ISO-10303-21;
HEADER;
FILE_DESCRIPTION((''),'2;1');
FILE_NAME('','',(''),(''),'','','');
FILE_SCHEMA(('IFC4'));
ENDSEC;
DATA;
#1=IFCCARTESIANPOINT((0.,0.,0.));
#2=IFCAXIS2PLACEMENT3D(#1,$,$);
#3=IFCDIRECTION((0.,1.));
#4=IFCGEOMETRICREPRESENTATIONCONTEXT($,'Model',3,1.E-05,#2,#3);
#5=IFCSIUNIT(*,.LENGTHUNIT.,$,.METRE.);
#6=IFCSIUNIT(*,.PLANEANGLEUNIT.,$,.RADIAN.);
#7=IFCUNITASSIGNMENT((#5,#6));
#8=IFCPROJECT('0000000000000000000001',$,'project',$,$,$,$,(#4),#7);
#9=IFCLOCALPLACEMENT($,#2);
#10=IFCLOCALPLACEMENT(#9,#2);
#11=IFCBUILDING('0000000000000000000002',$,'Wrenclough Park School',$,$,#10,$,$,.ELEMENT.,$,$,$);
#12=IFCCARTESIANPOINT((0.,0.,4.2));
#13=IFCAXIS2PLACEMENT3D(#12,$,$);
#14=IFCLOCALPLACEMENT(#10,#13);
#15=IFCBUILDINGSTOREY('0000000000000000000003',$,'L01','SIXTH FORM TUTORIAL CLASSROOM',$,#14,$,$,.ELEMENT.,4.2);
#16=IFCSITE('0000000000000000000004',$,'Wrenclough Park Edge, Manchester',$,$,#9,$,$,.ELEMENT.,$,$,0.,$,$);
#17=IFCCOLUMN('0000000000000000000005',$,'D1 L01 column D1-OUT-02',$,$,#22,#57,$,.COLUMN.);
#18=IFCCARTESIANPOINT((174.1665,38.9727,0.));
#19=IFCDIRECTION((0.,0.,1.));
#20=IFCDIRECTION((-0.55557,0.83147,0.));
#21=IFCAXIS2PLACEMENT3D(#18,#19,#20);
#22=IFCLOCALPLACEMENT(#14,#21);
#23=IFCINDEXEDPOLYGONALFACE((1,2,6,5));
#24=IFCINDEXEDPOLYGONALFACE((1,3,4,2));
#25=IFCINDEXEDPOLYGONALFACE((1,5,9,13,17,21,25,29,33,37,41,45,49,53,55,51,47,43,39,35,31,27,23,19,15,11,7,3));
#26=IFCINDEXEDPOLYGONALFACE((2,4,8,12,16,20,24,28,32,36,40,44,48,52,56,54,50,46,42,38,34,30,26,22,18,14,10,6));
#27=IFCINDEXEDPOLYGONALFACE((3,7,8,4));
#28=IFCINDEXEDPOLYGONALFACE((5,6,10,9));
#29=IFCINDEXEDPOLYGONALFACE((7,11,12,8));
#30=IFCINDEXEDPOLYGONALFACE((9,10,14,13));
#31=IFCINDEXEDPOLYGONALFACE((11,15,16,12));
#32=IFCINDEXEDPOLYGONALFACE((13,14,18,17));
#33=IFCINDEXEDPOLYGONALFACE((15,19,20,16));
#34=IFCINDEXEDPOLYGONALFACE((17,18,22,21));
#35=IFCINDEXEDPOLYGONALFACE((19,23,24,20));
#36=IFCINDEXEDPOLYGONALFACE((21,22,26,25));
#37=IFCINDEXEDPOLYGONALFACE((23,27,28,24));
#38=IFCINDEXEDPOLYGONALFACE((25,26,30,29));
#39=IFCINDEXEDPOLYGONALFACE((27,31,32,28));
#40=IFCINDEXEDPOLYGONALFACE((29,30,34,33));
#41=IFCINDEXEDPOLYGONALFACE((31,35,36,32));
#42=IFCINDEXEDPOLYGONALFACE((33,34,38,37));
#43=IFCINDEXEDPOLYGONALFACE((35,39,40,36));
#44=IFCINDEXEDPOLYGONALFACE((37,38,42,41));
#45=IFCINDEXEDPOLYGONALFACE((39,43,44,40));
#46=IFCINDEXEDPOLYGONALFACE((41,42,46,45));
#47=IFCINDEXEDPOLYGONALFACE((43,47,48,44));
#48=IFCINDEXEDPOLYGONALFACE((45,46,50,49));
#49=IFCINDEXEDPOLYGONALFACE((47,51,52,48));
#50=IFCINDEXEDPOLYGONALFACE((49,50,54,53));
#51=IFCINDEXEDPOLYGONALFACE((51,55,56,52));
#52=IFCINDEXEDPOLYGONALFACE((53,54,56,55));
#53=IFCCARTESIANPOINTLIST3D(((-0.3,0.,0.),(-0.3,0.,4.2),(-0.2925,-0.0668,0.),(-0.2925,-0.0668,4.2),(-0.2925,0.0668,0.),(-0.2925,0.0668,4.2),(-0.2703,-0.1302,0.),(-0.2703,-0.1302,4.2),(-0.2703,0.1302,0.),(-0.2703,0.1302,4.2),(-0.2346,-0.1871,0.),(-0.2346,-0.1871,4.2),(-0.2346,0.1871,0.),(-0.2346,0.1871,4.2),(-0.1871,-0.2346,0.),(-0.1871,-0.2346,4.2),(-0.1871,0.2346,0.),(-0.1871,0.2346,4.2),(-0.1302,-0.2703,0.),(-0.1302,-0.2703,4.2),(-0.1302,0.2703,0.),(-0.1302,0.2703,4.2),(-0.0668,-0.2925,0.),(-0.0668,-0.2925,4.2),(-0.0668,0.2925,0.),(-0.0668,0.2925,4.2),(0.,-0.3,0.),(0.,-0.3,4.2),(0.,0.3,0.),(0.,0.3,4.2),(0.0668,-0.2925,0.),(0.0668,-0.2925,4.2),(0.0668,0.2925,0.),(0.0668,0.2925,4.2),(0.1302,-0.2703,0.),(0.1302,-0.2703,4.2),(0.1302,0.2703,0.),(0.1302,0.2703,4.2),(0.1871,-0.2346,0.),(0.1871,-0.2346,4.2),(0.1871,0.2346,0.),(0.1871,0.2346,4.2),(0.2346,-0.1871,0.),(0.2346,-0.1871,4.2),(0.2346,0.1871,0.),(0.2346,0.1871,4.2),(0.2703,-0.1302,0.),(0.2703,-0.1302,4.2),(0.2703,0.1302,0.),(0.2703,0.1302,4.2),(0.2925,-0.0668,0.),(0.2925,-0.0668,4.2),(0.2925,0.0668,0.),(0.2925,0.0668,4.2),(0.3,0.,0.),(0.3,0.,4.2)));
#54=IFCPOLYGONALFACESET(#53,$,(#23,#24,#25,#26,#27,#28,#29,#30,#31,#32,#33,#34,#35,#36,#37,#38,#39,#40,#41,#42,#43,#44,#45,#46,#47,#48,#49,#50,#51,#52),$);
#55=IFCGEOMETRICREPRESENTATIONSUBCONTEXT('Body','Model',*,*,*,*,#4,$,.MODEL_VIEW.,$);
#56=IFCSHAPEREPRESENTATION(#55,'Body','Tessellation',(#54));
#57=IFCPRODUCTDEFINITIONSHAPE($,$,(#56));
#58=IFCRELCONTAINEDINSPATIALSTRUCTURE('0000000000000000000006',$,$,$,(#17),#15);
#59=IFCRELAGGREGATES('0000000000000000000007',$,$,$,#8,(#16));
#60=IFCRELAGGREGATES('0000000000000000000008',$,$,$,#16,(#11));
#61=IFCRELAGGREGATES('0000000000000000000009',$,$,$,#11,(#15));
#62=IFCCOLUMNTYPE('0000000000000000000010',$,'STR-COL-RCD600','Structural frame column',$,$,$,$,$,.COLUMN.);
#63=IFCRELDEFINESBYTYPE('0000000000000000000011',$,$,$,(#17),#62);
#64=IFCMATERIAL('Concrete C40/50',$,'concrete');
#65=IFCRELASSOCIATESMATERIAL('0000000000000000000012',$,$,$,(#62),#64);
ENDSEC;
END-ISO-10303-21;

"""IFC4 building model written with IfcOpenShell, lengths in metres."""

from ifc_helpers import new_model, si_unit, direction, frame, origin, origin_2d, place, context, subcontext, project, spatial, circle, extrude, material, material_profile, profile_set, type_object, element, save


model = new_model("IFC4")

# Units and contexts
model_context = context("Model", 3, precision=1e-05, world=origin(), true_north=direction((0.0, 1.0)))
body_context = subcontext(model_context, "Body", "Model", "MODEL_VIEW")
ifc_project = project(units=[si_unit("LENGTHUNIT", "METRE"), si_unit("PLANEANGLEUNIT", "RADIAN")], contexts=[model_context])

# Site, building, storey
site_placement = place(None, origin())
site = spatial("IfcSite", under=ifc_project, at=site_placement, Name="Wrenclough Park Edge, Manchester", CompositionType="ELEMENT", RefElevation=0.0)
building_placement = place(site_placement, origin())
building = spatial("IfcBuilding", under=site, at=building_placement, Name="Wrenclough Park School", CompositionType="ELEMENT")
storey_placement = place(building_placement, frame((0.0, 0.0, 4.2)))
storey = spatial("IfcBuildingStorey", under=building, at=storey_placement, Name="L01", Description="SIXTH FORM TUTORIAL CLASSROOM", CompositionType="ELEMENT", Elevation=4.2)

# Column
ifc_material_1 = material(Name="Concrete C40/50", Category="concrete")
ifc_material_profile_1 = material_profile(ifc_material_1, circle(Radius=0.3, at=origin_2d()), Name="RC COL D600")
ifc_profile_set_1 = profile_set([ifc_material_profile_1], Name="Concrete C40/50")
column_type = type_object("IfcColumnType", Name="STR-COL-RCD600", Description="Structural frame column", PredefinedType="COLUMN", material=ifc_profile_set_1)
column_placement = place(storey_placement, frame((174.1665, 38.9727, 0.0), z_axis=(0.0, 0.0, 1.0), x_axis=(-0.55557, 0.83147, 0.0)))
element("IfcColumn", 1, at=column_placement, inside=storey, type_object=column_type, Name="D1 L01 column D1-OUT-02", PredefinedType="COLUMN", context=body_context, shape_type="SweptSolid", body=[
    extrude(circle(Radius=0.3, at=origin_2d()), origin(), (0.0, 0.0, 1.0), 4.2),
])

save(model, "model.ifc")
